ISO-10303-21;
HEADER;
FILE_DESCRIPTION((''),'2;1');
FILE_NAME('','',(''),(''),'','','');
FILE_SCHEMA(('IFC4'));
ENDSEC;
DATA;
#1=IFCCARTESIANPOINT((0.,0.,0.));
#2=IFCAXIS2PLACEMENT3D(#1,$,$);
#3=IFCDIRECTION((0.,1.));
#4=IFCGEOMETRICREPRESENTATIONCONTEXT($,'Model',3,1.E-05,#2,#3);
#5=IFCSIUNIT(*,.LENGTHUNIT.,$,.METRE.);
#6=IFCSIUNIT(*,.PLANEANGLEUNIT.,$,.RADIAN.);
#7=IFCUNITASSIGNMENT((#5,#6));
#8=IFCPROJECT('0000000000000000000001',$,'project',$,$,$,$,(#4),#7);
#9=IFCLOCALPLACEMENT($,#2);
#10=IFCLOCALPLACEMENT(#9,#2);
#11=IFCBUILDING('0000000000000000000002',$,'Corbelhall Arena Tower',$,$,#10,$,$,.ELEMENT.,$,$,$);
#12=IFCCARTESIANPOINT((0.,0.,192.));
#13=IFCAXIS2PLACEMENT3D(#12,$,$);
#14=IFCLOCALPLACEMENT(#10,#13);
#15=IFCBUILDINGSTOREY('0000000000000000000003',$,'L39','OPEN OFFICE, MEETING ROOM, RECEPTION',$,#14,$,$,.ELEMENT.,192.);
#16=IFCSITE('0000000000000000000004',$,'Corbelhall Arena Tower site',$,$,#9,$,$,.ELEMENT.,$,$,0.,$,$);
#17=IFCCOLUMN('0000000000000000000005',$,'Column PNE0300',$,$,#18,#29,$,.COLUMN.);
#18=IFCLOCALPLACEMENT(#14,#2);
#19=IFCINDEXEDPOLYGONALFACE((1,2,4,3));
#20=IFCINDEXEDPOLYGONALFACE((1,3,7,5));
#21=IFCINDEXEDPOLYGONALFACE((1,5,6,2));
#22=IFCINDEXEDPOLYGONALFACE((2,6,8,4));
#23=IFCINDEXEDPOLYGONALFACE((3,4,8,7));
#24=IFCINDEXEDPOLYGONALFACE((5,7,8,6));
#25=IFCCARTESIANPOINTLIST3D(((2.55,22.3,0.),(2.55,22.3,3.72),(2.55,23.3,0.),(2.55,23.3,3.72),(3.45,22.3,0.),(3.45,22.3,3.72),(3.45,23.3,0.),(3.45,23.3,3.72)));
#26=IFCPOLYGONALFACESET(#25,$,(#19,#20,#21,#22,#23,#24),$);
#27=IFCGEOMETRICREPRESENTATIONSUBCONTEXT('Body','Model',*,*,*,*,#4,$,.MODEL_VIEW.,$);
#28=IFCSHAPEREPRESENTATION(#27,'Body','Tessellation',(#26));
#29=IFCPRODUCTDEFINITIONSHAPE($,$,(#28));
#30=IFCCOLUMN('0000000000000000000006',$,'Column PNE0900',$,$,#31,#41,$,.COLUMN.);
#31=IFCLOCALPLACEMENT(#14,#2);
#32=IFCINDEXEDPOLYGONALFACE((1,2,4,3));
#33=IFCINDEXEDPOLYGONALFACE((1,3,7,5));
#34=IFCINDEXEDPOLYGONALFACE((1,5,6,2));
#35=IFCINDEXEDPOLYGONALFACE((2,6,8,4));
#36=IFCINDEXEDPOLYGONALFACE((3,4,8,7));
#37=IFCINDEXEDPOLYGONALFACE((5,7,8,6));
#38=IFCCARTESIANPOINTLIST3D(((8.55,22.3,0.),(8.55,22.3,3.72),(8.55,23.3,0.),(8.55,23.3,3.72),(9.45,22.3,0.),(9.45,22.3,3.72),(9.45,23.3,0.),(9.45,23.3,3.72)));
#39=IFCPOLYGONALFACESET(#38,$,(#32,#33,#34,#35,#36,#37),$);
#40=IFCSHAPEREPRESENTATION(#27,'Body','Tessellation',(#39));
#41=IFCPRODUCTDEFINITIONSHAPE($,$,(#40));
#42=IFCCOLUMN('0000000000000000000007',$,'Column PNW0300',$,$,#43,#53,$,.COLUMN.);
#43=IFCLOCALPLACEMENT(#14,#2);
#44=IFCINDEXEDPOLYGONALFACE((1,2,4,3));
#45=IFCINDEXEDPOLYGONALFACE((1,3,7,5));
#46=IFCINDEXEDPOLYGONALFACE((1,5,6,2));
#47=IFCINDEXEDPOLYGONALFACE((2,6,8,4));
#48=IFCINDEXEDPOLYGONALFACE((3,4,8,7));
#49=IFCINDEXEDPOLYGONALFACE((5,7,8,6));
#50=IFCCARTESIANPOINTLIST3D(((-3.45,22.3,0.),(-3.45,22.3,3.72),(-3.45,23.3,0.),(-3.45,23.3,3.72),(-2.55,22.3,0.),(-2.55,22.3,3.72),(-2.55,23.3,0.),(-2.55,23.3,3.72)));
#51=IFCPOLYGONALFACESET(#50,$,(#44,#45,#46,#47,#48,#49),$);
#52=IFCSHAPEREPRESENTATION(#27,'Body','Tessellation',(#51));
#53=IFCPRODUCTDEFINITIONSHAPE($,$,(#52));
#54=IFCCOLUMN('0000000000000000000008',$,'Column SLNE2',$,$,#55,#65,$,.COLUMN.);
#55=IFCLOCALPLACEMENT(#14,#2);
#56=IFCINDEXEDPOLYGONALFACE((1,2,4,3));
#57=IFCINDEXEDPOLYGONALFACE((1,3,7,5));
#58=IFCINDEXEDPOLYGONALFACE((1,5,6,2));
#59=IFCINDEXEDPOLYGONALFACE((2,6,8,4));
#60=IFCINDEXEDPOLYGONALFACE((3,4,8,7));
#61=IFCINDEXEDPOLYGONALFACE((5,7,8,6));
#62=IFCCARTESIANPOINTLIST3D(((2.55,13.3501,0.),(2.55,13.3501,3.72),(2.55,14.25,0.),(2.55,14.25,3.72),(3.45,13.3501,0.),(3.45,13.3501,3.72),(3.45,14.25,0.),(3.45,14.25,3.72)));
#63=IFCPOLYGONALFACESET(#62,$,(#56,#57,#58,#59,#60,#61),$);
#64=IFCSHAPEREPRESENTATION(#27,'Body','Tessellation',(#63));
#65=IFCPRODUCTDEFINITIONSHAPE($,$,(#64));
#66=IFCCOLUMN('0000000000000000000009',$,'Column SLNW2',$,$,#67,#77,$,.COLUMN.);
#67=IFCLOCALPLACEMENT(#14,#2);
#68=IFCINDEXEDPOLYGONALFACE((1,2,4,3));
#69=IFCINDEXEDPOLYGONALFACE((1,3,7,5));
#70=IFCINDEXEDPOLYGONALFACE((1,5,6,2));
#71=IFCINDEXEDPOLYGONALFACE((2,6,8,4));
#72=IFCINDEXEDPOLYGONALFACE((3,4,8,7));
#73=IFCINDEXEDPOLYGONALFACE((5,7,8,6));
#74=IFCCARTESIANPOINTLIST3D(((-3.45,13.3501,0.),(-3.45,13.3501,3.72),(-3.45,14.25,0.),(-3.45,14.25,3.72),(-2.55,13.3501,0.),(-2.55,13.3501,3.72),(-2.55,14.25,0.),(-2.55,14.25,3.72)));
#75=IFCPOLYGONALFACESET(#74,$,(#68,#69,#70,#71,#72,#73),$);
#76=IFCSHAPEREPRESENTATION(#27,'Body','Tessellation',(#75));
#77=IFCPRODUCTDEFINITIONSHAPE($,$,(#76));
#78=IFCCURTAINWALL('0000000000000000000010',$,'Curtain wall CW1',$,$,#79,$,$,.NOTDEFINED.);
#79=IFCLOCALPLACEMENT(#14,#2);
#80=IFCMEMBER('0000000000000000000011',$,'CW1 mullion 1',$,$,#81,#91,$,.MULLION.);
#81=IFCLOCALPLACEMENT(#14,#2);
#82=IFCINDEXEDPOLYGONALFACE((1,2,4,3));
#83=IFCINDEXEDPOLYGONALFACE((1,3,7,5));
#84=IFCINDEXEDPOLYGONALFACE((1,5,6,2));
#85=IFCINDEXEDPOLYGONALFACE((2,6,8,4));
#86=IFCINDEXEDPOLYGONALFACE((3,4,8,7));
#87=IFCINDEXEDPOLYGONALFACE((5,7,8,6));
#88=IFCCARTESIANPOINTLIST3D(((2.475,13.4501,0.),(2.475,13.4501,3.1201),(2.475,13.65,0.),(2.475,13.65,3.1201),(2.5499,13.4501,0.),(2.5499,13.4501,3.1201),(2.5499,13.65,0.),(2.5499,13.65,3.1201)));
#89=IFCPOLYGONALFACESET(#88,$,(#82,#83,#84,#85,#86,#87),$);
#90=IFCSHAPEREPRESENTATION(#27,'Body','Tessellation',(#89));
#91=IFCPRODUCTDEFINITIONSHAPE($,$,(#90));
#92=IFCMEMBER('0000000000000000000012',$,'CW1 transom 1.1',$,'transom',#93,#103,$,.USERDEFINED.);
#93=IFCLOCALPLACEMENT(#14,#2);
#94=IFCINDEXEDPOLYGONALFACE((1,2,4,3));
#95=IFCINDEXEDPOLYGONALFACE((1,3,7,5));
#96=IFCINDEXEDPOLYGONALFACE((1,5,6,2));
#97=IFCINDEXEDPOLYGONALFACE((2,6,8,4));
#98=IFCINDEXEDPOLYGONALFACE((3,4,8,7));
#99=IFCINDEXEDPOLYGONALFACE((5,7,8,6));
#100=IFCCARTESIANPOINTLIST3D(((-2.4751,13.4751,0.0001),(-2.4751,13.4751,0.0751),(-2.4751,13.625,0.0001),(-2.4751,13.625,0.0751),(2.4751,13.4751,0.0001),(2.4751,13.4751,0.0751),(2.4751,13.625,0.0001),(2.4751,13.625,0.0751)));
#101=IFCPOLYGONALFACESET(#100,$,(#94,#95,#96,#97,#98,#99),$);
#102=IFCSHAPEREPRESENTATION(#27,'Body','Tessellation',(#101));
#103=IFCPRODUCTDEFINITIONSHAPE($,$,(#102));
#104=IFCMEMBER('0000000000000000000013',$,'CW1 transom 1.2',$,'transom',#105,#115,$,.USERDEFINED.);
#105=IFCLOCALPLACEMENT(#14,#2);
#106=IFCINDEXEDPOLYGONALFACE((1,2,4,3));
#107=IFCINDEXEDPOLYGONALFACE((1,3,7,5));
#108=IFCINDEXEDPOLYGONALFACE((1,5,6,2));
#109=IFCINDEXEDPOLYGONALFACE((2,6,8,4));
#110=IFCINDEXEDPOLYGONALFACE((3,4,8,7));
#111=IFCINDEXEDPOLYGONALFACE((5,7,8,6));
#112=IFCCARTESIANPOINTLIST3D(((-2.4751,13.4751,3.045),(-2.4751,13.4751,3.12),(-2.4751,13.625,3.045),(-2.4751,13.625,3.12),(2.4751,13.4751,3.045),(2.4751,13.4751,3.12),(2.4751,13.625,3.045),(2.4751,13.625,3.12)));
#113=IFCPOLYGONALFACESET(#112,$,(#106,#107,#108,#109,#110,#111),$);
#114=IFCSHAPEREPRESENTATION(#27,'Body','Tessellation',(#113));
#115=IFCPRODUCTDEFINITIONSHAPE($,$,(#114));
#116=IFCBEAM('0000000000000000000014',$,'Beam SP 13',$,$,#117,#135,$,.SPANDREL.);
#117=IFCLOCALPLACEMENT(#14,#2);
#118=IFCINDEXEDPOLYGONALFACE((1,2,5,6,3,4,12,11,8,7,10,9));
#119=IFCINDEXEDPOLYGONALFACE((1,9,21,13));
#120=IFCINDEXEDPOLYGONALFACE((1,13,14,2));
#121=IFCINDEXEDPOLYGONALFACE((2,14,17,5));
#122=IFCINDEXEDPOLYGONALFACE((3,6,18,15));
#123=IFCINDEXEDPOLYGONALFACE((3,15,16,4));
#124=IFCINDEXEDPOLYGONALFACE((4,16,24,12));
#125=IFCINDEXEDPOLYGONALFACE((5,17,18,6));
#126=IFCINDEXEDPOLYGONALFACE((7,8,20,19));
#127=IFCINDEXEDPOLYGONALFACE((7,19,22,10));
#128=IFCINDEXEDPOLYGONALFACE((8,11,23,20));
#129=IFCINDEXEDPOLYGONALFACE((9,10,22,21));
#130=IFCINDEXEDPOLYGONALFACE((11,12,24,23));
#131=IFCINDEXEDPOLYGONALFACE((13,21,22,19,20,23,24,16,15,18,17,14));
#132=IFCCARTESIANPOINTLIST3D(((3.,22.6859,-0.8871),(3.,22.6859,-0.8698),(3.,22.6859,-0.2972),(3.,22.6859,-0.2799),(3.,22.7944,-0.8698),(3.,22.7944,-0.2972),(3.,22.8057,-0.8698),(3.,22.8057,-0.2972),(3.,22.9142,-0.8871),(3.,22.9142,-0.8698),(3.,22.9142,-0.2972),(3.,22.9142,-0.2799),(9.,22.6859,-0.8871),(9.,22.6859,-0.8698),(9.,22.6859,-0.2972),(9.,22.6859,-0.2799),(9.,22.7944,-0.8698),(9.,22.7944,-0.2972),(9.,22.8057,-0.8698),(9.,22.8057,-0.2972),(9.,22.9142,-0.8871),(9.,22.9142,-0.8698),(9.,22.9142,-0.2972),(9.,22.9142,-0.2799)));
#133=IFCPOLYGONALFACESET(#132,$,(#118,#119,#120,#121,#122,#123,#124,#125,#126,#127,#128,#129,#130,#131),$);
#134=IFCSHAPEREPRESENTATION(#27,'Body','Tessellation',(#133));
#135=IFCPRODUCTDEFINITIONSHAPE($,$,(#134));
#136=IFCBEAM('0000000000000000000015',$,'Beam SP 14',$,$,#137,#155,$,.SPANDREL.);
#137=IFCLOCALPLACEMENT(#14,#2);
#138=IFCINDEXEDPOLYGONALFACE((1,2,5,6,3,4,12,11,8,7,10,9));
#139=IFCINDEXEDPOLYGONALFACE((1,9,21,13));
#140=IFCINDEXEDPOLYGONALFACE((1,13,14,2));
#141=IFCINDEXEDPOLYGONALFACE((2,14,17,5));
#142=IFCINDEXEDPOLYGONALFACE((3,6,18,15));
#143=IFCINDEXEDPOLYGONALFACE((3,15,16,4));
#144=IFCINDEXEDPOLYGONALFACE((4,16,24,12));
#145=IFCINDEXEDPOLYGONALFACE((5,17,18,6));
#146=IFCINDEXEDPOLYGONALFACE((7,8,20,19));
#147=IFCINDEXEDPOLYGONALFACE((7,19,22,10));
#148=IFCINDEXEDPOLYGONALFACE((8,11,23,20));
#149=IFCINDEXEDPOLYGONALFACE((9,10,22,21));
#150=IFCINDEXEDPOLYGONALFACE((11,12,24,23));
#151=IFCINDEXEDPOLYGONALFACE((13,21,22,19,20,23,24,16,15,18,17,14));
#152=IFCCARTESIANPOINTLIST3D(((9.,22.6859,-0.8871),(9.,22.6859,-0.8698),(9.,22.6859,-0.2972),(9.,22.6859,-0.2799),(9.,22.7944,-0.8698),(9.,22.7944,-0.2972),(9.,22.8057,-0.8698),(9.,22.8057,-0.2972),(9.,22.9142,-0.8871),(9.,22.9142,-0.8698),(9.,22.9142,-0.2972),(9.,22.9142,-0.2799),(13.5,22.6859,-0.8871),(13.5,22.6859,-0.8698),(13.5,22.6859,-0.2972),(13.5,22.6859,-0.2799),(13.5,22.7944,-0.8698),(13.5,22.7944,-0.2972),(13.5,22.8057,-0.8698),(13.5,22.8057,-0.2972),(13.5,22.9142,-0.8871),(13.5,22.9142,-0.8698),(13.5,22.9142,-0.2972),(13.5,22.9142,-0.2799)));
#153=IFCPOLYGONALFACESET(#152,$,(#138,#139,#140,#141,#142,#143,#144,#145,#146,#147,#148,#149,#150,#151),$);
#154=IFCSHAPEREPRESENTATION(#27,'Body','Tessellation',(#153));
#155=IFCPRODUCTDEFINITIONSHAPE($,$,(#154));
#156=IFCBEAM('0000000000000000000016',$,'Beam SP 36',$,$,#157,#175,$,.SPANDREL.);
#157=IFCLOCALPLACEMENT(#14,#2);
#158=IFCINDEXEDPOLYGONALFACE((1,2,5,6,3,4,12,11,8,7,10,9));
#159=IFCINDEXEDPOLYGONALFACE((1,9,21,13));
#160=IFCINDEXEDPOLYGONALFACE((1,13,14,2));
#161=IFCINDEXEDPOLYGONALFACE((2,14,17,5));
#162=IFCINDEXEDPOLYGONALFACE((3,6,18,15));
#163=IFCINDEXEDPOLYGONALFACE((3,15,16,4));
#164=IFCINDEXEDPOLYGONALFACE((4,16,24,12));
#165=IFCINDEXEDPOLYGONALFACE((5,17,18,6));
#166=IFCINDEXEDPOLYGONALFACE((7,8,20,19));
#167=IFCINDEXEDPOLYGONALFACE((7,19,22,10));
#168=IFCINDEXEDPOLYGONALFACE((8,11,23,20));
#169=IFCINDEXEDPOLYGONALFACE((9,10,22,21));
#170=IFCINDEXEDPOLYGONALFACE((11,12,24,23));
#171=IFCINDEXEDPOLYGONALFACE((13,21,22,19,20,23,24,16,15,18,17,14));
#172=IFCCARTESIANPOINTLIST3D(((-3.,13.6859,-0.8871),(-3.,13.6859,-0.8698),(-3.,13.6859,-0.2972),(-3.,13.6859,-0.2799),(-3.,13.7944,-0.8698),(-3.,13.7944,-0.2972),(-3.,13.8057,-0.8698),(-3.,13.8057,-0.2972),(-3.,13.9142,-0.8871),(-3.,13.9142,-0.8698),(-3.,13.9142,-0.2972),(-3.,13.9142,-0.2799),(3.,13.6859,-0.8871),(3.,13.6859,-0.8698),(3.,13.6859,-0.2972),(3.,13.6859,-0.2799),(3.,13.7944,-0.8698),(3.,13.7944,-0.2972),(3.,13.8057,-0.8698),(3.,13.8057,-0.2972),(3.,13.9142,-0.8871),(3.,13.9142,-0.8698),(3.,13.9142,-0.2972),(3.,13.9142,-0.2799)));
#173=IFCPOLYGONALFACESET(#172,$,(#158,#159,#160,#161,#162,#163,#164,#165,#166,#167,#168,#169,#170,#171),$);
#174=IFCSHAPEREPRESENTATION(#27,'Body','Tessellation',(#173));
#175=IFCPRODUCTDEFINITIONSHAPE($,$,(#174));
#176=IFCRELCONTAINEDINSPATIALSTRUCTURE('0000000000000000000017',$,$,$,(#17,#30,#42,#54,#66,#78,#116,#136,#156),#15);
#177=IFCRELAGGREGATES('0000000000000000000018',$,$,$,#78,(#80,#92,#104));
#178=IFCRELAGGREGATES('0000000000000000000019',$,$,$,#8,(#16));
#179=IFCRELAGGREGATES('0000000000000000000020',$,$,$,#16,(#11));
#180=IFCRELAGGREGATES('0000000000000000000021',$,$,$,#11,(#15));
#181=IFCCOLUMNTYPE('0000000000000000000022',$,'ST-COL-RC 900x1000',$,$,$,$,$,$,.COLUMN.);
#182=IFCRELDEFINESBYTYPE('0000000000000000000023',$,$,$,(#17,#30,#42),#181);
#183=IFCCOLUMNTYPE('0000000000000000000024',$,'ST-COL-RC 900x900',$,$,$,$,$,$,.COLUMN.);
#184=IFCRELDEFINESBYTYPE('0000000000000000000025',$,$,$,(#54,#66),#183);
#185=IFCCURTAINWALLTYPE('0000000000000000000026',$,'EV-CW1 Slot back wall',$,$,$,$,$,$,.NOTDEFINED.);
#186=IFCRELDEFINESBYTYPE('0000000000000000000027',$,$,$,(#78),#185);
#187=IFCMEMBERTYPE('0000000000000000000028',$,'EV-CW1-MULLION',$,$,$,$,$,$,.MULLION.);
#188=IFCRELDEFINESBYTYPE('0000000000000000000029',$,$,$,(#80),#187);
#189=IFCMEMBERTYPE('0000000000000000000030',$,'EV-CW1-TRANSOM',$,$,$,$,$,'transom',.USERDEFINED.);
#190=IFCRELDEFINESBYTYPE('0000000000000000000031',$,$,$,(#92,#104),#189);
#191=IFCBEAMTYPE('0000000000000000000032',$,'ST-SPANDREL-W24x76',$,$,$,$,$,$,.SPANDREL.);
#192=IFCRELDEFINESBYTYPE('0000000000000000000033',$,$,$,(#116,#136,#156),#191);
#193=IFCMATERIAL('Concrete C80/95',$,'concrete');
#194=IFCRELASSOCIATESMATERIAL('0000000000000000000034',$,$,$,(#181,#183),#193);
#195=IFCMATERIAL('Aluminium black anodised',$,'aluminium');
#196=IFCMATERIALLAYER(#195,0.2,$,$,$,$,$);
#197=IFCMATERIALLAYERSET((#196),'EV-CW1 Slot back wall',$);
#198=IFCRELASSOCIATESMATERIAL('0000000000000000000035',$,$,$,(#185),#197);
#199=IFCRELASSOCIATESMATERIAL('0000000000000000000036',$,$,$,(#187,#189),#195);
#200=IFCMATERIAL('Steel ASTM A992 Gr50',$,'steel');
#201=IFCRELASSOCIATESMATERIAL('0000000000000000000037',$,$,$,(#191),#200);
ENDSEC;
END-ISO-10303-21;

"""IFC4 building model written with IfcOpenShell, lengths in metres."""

from ifc_helpers import new_model, si_unit, direction, frame, origin, origin_2d, place, context, subcontext, project, spatial, rectangle, i_section, extrude, material, layer, layer_set, material_profile, profile_set, type_object, element, aggregate, save


model = new_model("IFC4")

# Units and contexts
model_context = context("Model", 3, precision=1e-05, world=origin(), true_north=direction((0.0, 1.0)))
body_context = subcontext(model_context, "Body", "Model", "MODEL_VIEW")
ifc_project = project(units=[si_unit("LENGTHUNIT", "METRE"), si_unit("PLANEANGLEUNIT", "RADIAN")], contexts=[model_context])

# Site, building, storey
site_placement = place(None, origin())
site = spatial("IfcSite", under=ifc_project, at=site_placement, Name="Corbelhall Arena Tower site", CompositionType="ELEMENT", RefElevation=0.0)
building_placement = place(site_placement, origin())
building = spatial("IfcBuilding", under=site, at=building_placement, Name="Corbelhall Arena Tower", CompositionType="ELEMENT")
storey_placement = place(building_placement, frame((0.0, 0.0, 192.0)))
storey = spatial("IfcBuildingStorey", under=building, at=storey_placement, Name="L39", Description="OPEN OFFICE, MEETING ROOM, RECEPTION", CompositionType="ELEMENT", Elevation=192.0)

# Columns
ifc_material_1 = material(Name="Concrete C80/95", Category="concrete")
ifc_material_profile_1 = material_profile(ifc_material_1, rectangle(XDim=0.8999, YDim=1.0, at=origin_2d()))
ifc_profile_set_1 = profile_set([ifc_material_profile_1], Name="Concrete C80/95")
column_type_1 = type_object("IfcColumnType", Name="ST-COL-RC 900x1000", PredefinedType="COLUMN", material=ifc_profile_set_1)
for number, where, z_axis, x_axis, name in (
    (1, (3.0, 22.8, 0.0), (0.0, 0.0, 1.0), (1.0, 0.0, 0.0), "Column PNE0300"),
    (2, (9.0, 22.8, 0.0), (0.0, 0.0, 1.0), (1.0, 0.0, 0.0), "Column PNE0900"),
    (3, (-3.0, 22.8, 0.0), (0.0, 0.0, 1.0), (1.0, 0.0, 0.0), "Column PNW0300"),
):
    element("IfcColumn", number, at=place(storey_placement, frame(where, z_axis=z_axis, x_axis=x_axis)), inside=storey, type_object=column_type_1, Name=name, PredefinedType="COLUMN", context=body_context, shape_type="SweptSolid", body=[
        extrude(rectangle(XDim=0.8999, YDim=1.0, at=origin_2d()), origin(), (0.0, 0.0, 1.0), 3.72),
    ])
ifc_material_profile_2 = material_profile(ifc_material_1, rectangle(XDim=0.8999, YDim=0.8999, at=origin_2d()))
ifc_profile_set_2 = profile_set([ifc_material_profile_2], Name="Concrete C80/95")
column_type_2 = type_object("IfcColumnType", Name="ST-COL-RC 900x900", PredefinedType="COLUMN", material=ifc_profile_set_2)
for number, where, z_axis, x_axis, name in (
    (4, (3.0, 13.8, 0.0), (0.0, 0.0, 1.0), (1.0, 0.0, 0.0), "Column SLNE2"),
    (5, (-3.0, 13.8, 0.0), (0.0, 0.0, 1.0), (1.0, 0.0, 0.0), "Column SLNW2"),
):
    element("IfcColumn", number, at=place(storey_placement, frame(where, z_axis=z_axis, x_axis=x_axis)), inside=storey, type_object=column_type_2, Name=name, PredefinedType="COLUMN", context=body_context, shape_type="SweptSolid", body=[
        extrude(rectangle(XDim=0.8999, YDim=0.8999, at=origin_2d()), origin(), (0.0, 0.0, 1.0), 3.72),
    ])

# Curtain wall, members
ifc_material_2 = material(Name="Aluminium black anodised", Category="aluminium")
ifc_layer_1 = layer(ifc_material_2, 0.2)
ifc_layer_set_1 = layer_set([ifc_layer_1], Name="EV-CW1 Slot back wall")
curtain_wall_type = type_object("IfcCurtainWallType", Name="EV-CW1 Slot back wall", PredefinedType="NOTDEFINED", material=ifc_layer_set_1)
curtain_wall_placement = place(storey_placement, origin())
curtain_wall = element("IfcCurtainWall", 6, at=curtain_wall_placement, inside=storey, type_object=curtain_wall_type, Name="Curtain wall CW1", PredefinedType="NOTDEFINED")
ifc_material_profile_3 = material_profile(ifc_material_2, rectangle(XDim=0.2, YDim=0.075, at=origin_2d()))
ifc_profile_set_3 = profile_set([ifc_material_profile_3], Name="Aluminium black anodised")
member_type_1 = type_object("IfcMemberType", Name="EV-CW1-MULLION", PredefinedType="MULLION", material=ifc_profile_set_3)
member_1_placement = place(storey_placement, frame((2.5125, 13.55, 0.0), z_axis=(0.0, 0.0, 1.0), x_axis=(0.0, -1.0, 0.0)))
member_1 = element("IfcMember", 7, at=member_1_placement, type_object=member_type_1, Name="CW1 mullion 1", PredefinedType="MULLION", context=body_context, shape_type="SweptSolid", body=[
    extrude(rectangle(XDim=0.2, YDim=0.075, at=origin_2d()), origin(), (0.0, 0.0, 1.0), 3.1201),
])
ifc_material_profile_4 = material_profile(ifc_material_2, rectangle(XDim=0.1499, YDim=0.075, at=origin_2d()))
ifc_profile_set_4 = profile_set([ifc_material_profile_4], Name="Aluminium black anodised")
member_type_2 = type_object("IfcMemberType", Name="EV-CW1-TRANSOM", ElementType="transom", PredefinedType="USERDEFINED", material=ifc_profile_set_4)
member_2_placement = place(storey_placement, frame((2.4751, 13.55, 0.0376), z_axis=(-1.0, 0.0, 0.0), x_axis=(0.0, -1.0, 0.0)))
member_2 = element("IfcMember", 8, at=member_2_placement, type_object=member_type_2, Name="CW1 transom 1.1", ObjectType="transom", PredefinedType="USERDEFINED", context=body_context, shape_type="SweptSolid", body=[
    extrude(rectangle(XDim=0.1499, YDim=0.075, at=origin_2d()), origin(), (0.0, 0.0, 1.0), 4.9502),
])
member_3_placement = place(storey_placement, frame((2.4751, 13.55, 3.0825), z_axis=(-1.0, 0.0, 0.0), x_axis=(0.0, -1.0, 0.0)))
member_3 = element("IfcMember", 9, at=member_3_placement, type_object=member_type_2, Name="CW1 transom 1.2", ObjectType="transom", PredefinedType="USERDEFINED", context=body_context, shape_type="SweptSolid", body=[
    extrude(rectangle(XDim=0.1499, YDim=0.075, at=origin_2d()), origin(), (0.0, 0.0, 1.0), 4.9502),
])

# Beams
ifc_material_3 = material(Name="Steel ASTM A992 Gr50", Category="steel")
ifc_material_profile_5 = material_profile(ifc_material_3, i_section(OverallWidth=0.2283, OverallDepth=0.6072, WebThickness=0.0112, FlangeThickness=0.0173, at=origin_2d()))
ifc_profile_set_5 = profile_set([ifc_material_profile_5], Name="Steel ASTM A992 Gr50")
beam_type_1 = type_object("IfcBeamType", Name="ST-SPANDREL-W24x76", PredefinedType="SPANDREL", material=ifc_profile_set_5)
beam_1_placement = place(storey_placement, frame((3.0, 22.8, -0.5835), z_axis=(1.0, 0.0, 0.0), x_axis=(0.0, 1.0, 0.0)))
element("IfcBeam", 10, at=beam_1_placement, inside=storey, type_object=beam_type_1, Name="Beam SP 13", PredefinedType="SPANDREL", context=body_context, shape_type="SweptSolid", body=[
    extrude(i_section(OverallWidth=0.2283, OverallDepth=0.6072, WebThickness=0.0112, FlangeThickness=0.0173, at=origin_2d()), origin(), (0.0, 0.0, 1.0), 6.0),
])
beam_2_placement = place(storey_placement, frame((9.0, 22.8, -0.5835), z_axis=(1.0, 0.0, 0.0), x_axis=(0.0, 1.0, 0.0)))
element("IfcBeam", 11, at=beam_2_placement, inside=storey, type_object=beam_type_1, Name="Beam SP 14", PredefinedType="SPANDREL", context=body_context, shape_type="SweptSolid", body=[
    extrude(i_section(OverallWidth=0.2283, OverallDepth=0.6072, WebThickness=0.0112, FlangeThickness=0.0173, at=origin_2d()), origin(), (0.0, 0.0, 1.0), 4.5),
])
beam_3_placement = place(storey_placement, frame((-3.0, 13.8, -0.5835), z_axis=(1.0, 0.0, 0.0), x_axis=(0.0, 1.0, 0.0)))
element("IfcBeam", 12, at=beam_3_placement, inside=storey, type_object=beam_type_1, Name="Beam SP 36", PredefinedType="SPANDREL", context=body_context, shape_type="SweptSolid", body=[
    extrude(i_section(OverallWidth=0.2283, OverallDepth=0.6072, WebThickness=0.0112, FlangeThickness=0.0173, at=origin_2d()), origin(), (0.0, 0.0, 1.0), 6.0),
])

aggregate(curtain_wall, [member_1, member_2, member_3])

save(model, "model.ifc")
